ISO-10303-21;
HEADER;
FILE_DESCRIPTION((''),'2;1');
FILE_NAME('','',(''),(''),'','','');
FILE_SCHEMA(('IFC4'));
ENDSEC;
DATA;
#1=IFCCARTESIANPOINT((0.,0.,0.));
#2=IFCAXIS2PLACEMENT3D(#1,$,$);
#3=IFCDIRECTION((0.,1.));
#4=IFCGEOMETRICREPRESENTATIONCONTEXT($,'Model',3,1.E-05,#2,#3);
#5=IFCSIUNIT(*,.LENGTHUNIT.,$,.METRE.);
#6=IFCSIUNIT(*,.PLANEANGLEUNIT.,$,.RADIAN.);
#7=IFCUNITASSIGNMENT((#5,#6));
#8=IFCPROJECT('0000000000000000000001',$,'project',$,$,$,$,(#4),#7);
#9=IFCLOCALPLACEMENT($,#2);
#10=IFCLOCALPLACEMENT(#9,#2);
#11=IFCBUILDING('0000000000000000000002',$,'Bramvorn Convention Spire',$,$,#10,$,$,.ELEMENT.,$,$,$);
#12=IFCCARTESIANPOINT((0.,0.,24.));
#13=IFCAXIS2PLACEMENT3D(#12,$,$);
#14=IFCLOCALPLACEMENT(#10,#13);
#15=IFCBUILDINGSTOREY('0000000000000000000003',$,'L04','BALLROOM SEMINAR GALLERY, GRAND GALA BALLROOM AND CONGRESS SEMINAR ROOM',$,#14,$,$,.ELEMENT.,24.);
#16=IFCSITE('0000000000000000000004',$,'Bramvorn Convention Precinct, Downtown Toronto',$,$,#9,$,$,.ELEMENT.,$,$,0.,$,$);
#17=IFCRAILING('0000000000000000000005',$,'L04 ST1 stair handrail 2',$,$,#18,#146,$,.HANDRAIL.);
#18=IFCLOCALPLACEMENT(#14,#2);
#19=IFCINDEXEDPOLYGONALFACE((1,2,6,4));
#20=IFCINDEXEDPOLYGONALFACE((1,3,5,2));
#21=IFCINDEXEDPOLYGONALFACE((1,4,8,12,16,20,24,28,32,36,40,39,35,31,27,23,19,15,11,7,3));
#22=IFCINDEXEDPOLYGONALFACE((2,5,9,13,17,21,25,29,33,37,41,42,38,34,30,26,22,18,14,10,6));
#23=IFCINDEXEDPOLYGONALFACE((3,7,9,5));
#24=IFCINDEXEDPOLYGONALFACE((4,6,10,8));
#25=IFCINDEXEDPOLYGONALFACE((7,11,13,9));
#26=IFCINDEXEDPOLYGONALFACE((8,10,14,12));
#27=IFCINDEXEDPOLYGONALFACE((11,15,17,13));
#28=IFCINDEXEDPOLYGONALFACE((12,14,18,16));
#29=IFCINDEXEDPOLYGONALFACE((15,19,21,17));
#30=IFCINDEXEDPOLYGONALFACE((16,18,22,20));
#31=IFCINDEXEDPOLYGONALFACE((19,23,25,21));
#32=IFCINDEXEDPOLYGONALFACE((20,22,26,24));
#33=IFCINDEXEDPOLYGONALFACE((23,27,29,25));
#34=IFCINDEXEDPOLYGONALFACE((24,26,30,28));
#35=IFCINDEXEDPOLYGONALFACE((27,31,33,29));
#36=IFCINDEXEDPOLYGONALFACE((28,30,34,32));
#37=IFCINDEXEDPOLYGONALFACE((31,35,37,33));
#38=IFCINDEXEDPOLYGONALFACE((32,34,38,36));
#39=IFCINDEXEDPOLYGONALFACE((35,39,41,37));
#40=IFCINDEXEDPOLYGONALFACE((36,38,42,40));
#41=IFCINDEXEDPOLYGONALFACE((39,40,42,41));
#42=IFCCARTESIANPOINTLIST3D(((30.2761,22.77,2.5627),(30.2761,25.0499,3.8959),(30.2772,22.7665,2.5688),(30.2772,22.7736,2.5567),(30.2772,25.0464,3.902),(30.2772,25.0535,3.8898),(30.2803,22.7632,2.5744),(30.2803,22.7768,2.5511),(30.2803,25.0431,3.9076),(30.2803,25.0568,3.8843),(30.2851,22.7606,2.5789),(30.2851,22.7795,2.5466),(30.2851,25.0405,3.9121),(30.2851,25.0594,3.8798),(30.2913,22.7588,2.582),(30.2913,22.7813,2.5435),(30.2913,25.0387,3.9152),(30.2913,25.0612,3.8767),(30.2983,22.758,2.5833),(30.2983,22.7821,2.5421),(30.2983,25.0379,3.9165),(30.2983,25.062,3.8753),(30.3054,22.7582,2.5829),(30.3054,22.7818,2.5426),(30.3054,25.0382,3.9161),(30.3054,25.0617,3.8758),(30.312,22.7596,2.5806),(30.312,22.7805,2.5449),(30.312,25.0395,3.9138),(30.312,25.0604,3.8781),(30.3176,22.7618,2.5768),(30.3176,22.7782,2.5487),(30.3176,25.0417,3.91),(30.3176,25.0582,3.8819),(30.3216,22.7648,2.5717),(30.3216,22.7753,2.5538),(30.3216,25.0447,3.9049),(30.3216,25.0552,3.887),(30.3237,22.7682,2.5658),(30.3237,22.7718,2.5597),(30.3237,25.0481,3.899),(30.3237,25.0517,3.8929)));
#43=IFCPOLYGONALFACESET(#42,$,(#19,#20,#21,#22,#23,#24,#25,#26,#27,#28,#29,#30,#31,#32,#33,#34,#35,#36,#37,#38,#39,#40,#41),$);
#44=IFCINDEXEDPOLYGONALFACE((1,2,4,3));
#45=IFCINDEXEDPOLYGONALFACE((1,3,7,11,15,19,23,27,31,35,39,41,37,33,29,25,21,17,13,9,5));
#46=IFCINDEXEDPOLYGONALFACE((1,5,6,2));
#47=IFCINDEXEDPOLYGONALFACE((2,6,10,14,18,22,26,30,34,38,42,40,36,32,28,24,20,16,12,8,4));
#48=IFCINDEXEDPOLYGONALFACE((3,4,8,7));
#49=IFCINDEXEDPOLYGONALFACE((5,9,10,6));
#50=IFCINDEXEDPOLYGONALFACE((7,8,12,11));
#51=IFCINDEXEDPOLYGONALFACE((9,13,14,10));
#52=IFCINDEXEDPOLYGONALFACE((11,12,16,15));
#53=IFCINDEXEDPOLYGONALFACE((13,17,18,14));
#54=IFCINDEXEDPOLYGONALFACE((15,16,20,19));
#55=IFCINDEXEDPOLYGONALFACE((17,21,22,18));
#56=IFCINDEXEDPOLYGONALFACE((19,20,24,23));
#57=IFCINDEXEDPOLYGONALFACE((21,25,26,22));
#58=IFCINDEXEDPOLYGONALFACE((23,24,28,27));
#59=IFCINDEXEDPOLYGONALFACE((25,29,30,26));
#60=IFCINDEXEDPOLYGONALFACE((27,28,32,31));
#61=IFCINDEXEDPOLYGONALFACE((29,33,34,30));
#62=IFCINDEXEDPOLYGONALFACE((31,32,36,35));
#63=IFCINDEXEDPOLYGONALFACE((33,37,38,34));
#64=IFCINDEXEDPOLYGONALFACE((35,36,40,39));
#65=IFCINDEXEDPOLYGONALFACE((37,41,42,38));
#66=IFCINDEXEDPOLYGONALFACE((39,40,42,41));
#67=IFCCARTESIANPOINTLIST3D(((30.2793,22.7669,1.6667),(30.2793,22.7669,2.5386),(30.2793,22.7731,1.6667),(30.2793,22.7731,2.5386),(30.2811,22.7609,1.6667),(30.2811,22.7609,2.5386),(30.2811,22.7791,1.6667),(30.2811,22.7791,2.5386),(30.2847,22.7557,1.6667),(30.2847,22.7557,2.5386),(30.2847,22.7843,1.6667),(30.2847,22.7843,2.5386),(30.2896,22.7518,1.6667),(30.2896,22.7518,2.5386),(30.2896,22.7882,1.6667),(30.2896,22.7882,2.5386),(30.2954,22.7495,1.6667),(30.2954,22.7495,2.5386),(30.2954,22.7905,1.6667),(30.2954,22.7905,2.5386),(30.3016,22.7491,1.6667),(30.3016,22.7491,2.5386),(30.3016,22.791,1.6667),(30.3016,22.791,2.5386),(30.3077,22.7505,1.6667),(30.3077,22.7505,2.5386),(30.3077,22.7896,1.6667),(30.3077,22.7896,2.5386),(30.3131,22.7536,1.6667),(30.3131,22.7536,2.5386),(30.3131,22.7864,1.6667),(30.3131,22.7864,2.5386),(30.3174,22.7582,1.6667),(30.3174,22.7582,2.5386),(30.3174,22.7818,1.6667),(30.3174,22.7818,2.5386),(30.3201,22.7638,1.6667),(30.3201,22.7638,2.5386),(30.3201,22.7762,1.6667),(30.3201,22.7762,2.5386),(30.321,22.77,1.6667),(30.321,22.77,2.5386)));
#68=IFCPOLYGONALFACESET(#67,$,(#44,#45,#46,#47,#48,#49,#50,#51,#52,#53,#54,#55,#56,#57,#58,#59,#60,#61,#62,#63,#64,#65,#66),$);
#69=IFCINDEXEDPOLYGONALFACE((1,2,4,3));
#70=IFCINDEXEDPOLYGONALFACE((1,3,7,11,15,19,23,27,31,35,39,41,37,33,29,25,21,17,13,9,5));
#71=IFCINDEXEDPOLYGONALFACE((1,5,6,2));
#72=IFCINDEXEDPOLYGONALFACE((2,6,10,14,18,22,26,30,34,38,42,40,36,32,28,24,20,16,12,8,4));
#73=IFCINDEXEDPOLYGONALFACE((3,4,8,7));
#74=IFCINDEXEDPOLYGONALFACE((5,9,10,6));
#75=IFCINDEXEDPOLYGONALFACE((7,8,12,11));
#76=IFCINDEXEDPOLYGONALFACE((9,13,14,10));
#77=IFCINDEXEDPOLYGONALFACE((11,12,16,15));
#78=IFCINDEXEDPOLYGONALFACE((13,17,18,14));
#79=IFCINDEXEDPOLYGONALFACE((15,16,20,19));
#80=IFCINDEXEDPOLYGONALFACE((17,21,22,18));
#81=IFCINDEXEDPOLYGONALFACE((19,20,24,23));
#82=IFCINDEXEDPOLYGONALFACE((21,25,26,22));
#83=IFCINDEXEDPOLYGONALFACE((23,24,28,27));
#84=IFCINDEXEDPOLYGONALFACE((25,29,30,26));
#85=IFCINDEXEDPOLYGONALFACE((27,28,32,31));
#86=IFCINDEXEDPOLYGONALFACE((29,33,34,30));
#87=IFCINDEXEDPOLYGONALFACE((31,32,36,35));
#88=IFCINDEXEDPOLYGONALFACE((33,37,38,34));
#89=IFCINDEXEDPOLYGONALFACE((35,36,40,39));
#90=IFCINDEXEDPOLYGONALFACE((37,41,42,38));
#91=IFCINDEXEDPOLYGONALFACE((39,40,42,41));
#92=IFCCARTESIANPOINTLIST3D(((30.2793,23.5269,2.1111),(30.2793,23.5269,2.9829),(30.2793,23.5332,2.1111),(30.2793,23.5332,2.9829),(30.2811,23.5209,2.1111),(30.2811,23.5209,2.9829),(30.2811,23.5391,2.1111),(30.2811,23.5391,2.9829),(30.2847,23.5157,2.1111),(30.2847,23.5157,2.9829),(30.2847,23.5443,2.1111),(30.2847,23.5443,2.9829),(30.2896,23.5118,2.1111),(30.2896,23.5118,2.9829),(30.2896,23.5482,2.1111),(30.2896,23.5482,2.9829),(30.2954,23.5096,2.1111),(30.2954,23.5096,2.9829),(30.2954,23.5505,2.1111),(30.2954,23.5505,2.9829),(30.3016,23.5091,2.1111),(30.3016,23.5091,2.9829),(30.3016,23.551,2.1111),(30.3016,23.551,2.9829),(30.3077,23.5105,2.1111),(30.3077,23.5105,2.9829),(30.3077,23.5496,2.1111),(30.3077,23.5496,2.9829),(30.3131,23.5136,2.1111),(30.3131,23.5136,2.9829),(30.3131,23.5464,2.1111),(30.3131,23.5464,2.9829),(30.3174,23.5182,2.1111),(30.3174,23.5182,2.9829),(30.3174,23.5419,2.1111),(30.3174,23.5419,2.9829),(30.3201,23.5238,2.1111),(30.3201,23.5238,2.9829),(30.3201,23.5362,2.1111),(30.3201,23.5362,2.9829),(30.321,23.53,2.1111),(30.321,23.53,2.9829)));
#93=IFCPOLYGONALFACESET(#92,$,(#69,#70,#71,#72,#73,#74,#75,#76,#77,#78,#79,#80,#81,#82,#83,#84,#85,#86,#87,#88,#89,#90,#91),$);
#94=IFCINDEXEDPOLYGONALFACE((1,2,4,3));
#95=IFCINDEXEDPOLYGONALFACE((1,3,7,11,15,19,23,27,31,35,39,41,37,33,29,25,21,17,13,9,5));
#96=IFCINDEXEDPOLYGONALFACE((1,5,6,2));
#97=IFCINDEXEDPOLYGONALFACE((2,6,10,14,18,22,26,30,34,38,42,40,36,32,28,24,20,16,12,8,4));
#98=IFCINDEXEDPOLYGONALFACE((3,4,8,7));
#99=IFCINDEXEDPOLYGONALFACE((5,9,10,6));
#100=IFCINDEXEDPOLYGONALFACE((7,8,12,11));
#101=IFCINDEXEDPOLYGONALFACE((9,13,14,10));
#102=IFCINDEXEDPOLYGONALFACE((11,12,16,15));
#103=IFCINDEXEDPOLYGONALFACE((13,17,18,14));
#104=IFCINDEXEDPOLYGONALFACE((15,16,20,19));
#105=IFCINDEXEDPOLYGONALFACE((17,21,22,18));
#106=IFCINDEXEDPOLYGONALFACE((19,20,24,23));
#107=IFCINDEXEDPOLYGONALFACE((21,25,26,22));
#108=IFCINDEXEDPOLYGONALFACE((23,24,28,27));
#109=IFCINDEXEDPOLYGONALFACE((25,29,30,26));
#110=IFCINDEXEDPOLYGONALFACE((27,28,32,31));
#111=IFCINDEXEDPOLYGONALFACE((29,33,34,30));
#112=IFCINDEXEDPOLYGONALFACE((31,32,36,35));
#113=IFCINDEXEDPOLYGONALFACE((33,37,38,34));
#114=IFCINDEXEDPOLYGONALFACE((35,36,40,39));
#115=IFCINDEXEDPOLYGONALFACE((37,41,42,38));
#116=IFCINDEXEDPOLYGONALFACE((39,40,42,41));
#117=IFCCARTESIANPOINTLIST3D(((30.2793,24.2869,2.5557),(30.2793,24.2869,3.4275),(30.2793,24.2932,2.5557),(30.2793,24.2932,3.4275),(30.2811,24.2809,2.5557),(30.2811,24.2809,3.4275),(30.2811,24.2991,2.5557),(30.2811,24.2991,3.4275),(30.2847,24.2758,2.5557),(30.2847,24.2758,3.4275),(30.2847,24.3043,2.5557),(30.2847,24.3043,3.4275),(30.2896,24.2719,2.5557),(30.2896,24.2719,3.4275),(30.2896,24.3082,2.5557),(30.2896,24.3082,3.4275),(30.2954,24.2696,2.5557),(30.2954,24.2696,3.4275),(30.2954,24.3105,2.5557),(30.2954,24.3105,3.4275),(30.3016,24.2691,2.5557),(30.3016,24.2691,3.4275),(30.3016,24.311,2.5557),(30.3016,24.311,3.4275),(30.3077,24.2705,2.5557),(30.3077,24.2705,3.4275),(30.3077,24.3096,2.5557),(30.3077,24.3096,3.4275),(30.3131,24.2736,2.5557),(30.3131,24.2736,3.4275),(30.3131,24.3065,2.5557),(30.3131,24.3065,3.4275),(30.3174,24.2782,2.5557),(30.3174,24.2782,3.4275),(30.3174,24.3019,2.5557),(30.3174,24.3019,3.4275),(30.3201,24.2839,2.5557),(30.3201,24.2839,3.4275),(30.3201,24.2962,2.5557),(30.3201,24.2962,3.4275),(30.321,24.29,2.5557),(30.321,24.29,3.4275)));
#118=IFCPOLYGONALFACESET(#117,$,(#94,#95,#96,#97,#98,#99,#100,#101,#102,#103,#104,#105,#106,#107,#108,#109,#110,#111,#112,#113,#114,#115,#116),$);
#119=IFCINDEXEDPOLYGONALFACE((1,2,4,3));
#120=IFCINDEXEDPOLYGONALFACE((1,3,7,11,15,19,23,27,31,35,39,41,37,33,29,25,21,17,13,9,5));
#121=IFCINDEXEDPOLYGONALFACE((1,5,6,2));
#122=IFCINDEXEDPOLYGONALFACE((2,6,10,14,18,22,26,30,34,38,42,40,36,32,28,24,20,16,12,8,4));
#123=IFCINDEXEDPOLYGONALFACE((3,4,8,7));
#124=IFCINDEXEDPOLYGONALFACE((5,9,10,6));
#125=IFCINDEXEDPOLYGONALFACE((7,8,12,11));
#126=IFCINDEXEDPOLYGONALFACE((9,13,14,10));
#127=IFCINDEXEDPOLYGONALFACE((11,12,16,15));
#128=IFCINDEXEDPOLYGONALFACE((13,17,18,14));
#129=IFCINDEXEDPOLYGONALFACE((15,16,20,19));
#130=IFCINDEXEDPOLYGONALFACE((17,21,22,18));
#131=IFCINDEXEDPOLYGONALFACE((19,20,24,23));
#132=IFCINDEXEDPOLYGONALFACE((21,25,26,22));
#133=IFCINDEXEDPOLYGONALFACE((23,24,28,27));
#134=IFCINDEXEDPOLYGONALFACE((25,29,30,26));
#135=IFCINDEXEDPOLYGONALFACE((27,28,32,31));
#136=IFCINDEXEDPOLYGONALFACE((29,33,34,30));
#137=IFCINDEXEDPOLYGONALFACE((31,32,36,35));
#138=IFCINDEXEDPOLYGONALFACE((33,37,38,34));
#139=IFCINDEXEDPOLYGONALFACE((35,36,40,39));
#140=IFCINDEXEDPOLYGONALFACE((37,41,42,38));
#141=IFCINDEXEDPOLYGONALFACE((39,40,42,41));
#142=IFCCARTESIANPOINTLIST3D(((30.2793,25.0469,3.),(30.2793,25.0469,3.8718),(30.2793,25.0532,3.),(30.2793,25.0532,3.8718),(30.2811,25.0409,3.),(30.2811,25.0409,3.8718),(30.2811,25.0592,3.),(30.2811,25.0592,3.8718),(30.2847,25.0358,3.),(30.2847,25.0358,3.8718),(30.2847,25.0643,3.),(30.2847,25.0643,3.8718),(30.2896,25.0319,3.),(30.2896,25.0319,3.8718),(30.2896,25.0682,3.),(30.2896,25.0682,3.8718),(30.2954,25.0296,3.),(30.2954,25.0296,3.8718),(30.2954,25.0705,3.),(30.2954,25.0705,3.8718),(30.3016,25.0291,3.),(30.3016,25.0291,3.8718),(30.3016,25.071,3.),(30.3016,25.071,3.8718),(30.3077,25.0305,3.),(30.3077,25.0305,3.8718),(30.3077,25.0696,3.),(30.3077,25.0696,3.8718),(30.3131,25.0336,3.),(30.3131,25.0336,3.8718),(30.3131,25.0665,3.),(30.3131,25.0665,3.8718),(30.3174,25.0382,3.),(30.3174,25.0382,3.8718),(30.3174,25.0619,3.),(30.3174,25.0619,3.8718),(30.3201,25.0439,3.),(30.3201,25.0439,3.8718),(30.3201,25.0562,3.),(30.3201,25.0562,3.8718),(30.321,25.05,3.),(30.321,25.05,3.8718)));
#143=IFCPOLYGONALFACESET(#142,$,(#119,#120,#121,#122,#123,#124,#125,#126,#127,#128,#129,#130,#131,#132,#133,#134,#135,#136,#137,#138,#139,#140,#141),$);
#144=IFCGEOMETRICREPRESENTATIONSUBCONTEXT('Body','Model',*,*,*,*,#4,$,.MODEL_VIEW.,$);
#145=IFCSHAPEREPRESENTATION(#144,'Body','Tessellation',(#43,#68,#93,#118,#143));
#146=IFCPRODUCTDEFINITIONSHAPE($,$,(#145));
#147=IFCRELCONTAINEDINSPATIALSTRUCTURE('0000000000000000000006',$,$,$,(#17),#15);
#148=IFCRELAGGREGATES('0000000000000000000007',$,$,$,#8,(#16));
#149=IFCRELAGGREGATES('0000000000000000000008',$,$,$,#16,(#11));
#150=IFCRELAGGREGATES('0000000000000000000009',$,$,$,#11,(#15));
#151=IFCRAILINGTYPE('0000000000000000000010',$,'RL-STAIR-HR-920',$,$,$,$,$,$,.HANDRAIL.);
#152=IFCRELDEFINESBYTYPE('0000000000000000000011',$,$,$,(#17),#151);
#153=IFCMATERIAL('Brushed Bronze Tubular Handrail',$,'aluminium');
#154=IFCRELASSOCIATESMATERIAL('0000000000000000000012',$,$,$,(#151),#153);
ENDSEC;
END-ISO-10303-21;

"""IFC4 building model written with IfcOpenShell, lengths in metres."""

from ifc_helpers import new_model, si_unit, direction, frame, origin, origin_2d, place, context, subcontext, project, spatial, circle, extrude, material, type_object, element, save


model = new_model("IFC4")

# Units and contexts
model_context = context("Model", 3, precision=1e-05, world=origin(), true_north=direction((0.0, 1.0)))
body_context = subcontext(model_context, "Body", "Model", "MODEL_VIEW")
ifc_project = project(units=[si_unit("LENGTHUNIT", "METRE"), si_unit("PLANEANGLEUNIT", "RADIAN")], contexts=[model_context])

# Site, building, storey
site_placement = place(None, origin())
site = spatial("IfcSite", under=ifc_project, at=site_placement, Name="Bramvorn Convention Precinct, Downtown Toronto", CompositionType="ELEMENT", RefElevation=0.0)
building_placement = place(site_placement, origin())
building = spatial("IfcBuilding", under=site, at=building_placement, Name="Bramvorn Convention Spire", CompositionType="ELEMENT")
storey_placement = place(building_placement, frame((0.0, 0.0, 24.0)))
storey = spatial("IfcBuildingStorey", under=building, at=storey_placement, Name="L04", Description="BALLROOM SEMINAR GALLERY, GRAND GALA BALLROOM AND CONGRESS SEMINAR ROOM", CompositionType="ELEMENT", Elevation=24.0)

# Railing
ifc_material_1 = material(Name="Brushed Bronze Tubular Handrail", Category="aluminium")
railing_type_1 = type_object("IfcRailingType", Name="RL-STAIR-HR-920", PredefinedType="HANDRAIL", material=ifc_material_1)
railing_1_placement = place(storey_placement, frame((30.3, 22.77, 1.6667)))
element("IfcRailing", 1, at=railing_1_placement, inside=storey, type_object=railing_type_1, Name="L04 ST1 stair handrail 2", PredefinedType="HANDRAIL", context=body_context, shape_type="SweptSolid", body=[
    extrude(circle(Radius=0.0239, at=origin_2d()), frame((0.0, 0.0, 0.896), z_axis=(0.0, 0.863245, 0.504785), x_axis=(-1.0, 0.0, 0.0)), (0.0, 0.0, 1.0), 2.6411),
    extrude(circle(Radius=0.021, at=origin_2d()), origin(), (0.0, 0.0, 1.0), 0.8718),
    extrude(circle(Radius=0.021, at=origin_2d()), frame((0.0, 0.76, 0.4443)), (0.0, 0.0, 1.0), 0.8718),
    extrude(circle(Radius=0.021, at=origin_2d()), frame((0.0, 1.52, 0.8889)), (0.0, 0.0, 1.0), 0.8718),
    extrude(circle(Radius=0.021, at=origin_2d()), frame((0.0, 2.28, 1.3333)), (0.0, 0.0, 1.0), 0.8718),
])

save(model, "model.ifc")
